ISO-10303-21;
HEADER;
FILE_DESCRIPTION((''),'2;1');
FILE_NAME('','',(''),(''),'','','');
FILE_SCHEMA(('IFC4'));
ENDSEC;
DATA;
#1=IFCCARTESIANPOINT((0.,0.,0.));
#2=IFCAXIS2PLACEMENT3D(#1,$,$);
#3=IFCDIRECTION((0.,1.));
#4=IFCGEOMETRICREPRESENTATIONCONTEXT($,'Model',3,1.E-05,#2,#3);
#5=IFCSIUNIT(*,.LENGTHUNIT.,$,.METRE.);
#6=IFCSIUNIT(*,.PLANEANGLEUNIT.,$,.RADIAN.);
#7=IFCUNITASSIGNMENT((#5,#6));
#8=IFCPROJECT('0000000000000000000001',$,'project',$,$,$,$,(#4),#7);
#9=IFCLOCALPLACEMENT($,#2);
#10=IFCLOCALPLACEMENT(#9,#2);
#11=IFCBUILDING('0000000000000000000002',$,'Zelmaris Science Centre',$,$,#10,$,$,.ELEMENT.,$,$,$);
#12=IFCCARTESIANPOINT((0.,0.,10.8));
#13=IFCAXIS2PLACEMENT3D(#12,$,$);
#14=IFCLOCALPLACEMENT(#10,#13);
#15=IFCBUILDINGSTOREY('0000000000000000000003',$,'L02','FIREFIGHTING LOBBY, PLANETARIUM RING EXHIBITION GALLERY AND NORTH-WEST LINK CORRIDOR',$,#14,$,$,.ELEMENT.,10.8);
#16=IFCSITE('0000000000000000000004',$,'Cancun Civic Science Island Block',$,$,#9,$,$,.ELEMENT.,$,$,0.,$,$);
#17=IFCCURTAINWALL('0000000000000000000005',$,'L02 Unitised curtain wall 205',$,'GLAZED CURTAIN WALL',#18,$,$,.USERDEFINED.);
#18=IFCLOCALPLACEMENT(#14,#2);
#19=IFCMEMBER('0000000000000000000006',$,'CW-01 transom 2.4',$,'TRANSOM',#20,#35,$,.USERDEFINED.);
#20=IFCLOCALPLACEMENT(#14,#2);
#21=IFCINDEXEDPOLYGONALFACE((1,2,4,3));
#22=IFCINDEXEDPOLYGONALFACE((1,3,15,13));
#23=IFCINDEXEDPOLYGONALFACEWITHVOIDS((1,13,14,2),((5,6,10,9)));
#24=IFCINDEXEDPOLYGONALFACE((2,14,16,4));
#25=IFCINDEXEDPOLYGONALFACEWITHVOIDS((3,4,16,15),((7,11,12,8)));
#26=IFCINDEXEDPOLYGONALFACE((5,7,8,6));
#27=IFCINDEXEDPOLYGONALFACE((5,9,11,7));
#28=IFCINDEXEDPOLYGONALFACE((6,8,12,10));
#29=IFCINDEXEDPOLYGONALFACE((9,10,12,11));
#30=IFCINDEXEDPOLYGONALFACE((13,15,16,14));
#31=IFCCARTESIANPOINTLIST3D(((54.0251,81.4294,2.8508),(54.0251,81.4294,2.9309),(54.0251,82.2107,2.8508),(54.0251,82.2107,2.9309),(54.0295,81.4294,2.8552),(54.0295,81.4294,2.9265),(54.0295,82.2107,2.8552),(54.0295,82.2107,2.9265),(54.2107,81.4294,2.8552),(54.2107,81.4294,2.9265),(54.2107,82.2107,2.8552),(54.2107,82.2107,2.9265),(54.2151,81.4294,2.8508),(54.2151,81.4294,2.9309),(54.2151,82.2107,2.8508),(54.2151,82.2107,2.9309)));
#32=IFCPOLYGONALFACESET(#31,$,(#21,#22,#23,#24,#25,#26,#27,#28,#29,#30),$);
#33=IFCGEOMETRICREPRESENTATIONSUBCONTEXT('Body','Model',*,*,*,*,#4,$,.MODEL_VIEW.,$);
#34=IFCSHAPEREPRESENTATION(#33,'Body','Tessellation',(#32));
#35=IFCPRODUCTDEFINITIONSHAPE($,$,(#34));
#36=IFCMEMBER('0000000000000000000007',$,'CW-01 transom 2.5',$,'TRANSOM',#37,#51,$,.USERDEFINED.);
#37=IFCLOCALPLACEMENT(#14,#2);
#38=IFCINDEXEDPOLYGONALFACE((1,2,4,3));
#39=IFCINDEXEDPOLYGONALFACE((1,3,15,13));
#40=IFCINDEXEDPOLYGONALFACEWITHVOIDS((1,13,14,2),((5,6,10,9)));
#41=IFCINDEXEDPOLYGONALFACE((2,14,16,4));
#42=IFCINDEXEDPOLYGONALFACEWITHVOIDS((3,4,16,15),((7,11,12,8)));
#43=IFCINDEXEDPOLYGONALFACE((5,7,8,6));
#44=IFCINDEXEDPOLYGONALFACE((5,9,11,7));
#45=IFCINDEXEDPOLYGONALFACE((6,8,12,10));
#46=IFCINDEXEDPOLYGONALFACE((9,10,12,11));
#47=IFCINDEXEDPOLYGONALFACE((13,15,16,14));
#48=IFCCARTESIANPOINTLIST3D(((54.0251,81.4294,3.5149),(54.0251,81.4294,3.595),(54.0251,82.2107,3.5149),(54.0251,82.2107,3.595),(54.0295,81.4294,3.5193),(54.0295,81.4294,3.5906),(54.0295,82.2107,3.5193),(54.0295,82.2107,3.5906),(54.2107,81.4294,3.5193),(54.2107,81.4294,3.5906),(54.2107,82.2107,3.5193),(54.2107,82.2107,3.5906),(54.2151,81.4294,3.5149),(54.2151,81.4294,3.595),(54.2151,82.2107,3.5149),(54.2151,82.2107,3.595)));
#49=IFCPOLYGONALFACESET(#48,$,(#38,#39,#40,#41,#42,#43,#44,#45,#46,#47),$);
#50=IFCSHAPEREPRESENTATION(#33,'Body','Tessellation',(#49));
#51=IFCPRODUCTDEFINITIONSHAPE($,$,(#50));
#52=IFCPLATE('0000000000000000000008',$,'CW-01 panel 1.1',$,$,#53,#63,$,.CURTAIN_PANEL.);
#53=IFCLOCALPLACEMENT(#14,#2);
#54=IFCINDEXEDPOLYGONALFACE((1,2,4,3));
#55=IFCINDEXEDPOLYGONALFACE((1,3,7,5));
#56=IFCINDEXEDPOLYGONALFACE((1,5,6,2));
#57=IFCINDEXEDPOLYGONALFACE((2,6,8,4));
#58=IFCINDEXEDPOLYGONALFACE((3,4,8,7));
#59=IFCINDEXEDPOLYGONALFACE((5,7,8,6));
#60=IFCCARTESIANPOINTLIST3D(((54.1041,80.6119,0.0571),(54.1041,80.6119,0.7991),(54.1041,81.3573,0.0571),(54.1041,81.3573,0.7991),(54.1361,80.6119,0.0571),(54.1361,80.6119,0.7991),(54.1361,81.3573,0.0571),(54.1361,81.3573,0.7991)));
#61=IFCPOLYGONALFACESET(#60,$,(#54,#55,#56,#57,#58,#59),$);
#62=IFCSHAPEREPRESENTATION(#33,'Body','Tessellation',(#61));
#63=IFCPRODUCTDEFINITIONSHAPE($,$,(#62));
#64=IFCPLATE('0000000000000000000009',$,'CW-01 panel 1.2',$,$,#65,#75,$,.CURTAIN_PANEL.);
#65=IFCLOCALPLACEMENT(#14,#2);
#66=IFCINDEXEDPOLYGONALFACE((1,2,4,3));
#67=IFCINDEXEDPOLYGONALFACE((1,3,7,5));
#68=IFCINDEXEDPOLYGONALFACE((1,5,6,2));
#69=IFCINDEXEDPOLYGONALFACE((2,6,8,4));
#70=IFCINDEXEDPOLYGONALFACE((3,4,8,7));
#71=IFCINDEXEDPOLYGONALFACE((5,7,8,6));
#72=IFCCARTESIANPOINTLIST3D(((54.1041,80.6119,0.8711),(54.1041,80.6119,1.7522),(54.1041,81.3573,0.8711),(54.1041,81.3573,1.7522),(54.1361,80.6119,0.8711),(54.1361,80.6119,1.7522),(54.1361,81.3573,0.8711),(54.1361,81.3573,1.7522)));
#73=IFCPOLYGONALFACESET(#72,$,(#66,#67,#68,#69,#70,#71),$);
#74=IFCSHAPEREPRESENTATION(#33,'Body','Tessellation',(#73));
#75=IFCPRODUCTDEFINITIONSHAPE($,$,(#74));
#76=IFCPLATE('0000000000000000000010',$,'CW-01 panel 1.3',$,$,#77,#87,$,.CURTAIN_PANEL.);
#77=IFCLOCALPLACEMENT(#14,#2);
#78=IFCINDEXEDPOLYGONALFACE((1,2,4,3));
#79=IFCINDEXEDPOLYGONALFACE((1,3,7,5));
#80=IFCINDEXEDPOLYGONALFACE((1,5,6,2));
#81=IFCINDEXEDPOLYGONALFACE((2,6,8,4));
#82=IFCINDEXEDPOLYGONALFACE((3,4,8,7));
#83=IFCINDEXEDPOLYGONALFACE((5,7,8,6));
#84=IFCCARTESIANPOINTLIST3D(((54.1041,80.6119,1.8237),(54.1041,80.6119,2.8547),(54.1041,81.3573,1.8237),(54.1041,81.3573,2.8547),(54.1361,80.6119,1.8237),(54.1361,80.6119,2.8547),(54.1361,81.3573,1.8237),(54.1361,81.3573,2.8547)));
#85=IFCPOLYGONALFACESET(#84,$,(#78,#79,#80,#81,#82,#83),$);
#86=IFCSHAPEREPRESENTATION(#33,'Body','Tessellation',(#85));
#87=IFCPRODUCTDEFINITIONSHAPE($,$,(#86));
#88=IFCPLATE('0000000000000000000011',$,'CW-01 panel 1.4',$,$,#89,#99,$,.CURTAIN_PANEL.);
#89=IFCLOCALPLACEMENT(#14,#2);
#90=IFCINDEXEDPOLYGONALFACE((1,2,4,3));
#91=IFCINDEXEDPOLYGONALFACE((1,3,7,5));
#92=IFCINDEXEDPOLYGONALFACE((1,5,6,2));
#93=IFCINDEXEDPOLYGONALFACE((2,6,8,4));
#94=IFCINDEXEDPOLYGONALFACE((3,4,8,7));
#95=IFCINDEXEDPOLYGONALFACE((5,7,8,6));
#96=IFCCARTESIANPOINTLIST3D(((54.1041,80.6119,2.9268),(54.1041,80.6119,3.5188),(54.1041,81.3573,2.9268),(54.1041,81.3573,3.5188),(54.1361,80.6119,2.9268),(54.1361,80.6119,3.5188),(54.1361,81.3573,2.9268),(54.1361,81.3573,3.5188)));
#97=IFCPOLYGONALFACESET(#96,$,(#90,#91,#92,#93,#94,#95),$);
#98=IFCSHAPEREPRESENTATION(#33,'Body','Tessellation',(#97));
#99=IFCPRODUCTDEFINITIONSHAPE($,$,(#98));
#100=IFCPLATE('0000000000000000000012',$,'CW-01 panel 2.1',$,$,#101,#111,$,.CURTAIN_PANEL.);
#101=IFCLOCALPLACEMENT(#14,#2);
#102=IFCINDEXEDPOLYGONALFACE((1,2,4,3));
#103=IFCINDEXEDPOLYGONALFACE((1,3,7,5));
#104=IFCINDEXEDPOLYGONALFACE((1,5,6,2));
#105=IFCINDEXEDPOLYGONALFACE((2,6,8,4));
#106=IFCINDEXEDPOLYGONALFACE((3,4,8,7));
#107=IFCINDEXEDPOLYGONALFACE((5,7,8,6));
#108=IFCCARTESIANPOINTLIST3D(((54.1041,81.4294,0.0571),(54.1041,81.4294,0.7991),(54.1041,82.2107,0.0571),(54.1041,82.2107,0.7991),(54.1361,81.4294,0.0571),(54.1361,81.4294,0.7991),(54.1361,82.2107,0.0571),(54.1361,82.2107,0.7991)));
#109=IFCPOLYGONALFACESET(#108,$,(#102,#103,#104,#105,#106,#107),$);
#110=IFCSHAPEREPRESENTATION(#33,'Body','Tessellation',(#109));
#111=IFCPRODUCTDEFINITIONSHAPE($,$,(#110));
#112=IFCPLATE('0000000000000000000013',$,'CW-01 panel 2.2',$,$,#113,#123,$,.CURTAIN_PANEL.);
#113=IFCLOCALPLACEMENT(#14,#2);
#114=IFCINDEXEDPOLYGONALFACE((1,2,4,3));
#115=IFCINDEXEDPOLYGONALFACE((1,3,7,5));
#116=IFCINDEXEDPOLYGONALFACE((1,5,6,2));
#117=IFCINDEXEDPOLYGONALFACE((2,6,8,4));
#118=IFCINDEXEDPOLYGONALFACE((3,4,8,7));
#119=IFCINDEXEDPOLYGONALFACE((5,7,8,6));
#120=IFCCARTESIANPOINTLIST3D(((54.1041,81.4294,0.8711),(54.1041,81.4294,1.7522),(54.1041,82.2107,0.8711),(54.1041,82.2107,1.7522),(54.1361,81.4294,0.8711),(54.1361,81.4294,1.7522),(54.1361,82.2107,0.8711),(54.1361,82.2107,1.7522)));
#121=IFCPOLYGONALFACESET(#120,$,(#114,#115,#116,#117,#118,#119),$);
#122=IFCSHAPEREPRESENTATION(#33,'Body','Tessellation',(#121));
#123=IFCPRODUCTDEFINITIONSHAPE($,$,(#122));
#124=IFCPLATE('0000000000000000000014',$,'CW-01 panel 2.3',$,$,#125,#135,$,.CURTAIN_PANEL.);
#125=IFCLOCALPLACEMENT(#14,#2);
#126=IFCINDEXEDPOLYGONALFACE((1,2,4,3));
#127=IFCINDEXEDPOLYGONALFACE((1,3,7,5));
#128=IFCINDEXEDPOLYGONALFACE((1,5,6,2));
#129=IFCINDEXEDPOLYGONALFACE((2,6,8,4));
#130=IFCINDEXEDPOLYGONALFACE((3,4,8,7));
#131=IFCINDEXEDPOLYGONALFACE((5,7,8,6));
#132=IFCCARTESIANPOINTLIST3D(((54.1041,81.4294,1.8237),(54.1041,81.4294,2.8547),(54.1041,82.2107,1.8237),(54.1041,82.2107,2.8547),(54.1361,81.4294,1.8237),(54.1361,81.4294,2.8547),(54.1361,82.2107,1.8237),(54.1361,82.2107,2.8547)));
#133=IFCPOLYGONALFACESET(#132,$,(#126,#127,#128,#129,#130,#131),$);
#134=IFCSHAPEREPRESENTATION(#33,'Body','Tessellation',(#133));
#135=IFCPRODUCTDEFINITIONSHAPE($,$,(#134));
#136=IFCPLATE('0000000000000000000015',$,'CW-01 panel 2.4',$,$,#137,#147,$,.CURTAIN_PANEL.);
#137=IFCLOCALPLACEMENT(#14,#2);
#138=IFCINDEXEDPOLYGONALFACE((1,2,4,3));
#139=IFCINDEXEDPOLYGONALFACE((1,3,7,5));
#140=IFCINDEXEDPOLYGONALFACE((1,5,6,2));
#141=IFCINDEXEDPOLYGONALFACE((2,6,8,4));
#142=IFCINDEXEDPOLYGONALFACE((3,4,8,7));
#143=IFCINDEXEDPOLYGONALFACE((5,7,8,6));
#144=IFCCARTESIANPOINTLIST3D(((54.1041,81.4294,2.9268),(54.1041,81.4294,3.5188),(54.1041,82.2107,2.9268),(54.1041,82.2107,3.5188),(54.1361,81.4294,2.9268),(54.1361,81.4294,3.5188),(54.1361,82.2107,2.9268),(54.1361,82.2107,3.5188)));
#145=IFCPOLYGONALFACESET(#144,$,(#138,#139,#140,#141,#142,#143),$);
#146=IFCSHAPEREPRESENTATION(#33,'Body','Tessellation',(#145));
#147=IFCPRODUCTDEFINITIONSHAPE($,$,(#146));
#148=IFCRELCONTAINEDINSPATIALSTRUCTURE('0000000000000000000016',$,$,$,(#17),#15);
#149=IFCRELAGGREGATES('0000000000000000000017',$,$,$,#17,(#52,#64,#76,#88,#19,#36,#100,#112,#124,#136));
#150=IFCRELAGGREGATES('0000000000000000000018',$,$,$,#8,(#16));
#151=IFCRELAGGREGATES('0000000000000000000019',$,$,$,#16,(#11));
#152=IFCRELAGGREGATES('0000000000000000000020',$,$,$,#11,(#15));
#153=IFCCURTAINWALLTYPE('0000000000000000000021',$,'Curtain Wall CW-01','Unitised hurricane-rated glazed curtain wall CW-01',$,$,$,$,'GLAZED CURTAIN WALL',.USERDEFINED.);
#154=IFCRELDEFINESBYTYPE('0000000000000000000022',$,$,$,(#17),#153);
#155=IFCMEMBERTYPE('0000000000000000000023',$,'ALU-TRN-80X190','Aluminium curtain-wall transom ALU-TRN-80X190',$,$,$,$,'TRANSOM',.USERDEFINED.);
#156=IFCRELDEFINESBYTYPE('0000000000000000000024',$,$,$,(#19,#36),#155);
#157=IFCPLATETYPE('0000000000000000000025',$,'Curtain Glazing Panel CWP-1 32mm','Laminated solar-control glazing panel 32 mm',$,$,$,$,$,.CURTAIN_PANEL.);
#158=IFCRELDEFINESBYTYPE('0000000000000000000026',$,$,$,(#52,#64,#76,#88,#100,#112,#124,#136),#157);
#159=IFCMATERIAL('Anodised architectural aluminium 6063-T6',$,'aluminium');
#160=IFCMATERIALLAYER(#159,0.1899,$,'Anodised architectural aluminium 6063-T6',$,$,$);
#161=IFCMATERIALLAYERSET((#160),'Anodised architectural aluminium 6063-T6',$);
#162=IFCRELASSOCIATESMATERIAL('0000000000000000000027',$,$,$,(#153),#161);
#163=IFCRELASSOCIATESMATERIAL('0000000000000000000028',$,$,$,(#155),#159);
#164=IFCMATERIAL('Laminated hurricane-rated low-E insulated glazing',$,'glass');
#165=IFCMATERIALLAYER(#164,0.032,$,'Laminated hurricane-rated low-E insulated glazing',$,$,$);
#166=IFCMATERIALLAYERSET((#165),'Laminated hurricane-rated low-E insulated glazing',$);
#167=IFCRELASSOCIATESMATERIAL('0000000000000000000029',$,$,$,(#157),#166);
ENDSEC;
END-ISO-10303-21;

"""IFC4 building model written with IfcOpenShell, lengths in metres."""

from ifc_helpers import new_model, si_unit, direction, frame, origin, origin_2d, place, context, subcontext, project, spatial, rectangle, hollow_rectangle, extrude, material, layer, layer_set, material_profile, profile_set, type_object, element, aggregate, save


model = new_model("IFC4")

# Units and contexts
model_context = context("Model", 3, precision=1e-05, world=origin(), true_north=direction((0.0, 1.0)))
body_context = subcontext(model_context, "Body", "Model", "MODEL_VIEW")
ifc_project = project(units=[si_unit("LENGTHUNIT", "METRE"), si_unit("PLANEANGLEUNIT", "RADIAN")], contexts=[model_context])

# Site, building, storey
site_placement = place(None, origin())
site = spatial("IfcSite", under=ifc_project, at=site_placement, Name="Cancun Civic Science Island Block", CompositionType="ELEMENT", RefElevation=0.0)
building_placement = place(site_placement, origin())
building = spatial("IfcBuilding", under=site, at=building_placement, Name="Zelmaris Science Centre", CompositionType="ELEMENT")
storey_placement = place(building_placement, frame((0.0, 0.0, 10.8)))
storey = spatial("IfcBuildingStorey", under=building, at=storey_placement, Name="L02", Description="FIREFIGHTING LOBBY, PLANETARIUM RING EXHIBITION GALLERY AND NORTH-WEST LINK CORRIDOR", CompositionType="ELEMENT", Elevation=10.8)

# Curtain wall, members, plates
ifc_material_1 = material(Name="Anodised architectural aluminium 6063-T6", Category="aluminium")
ifc_layer_1 = layer(ifc_material_1, 0.1899, Name="Anodised architectural aluminium 6063-T6")
ifc_layer_set_1 = layer_set([ifc_layer_1], Name="Anodised architectural aluminium 6063-T6")
curtain_wall_type = type_object("IfcCurtainWallType", Name="Curtain Wall CW-01", Description="Unitised hurricane-rated glazed curtain wall CW-01", ElementType="GLAZED CURTAIN WALL", PredefinedType="USERDEFINED", material=ifc_layer_set_1)
curtain_wall_placement = place(storey_placement, origin())
curtain_wall = element("IfcCurtainWall", 1, at=curtain_wall_placement, inside=storey, type_object=curtain_wall_type, Name="L02 Unitised curtain wall 205", ObjectType="GLAZED CURTAIN WALL", PredefinedType="USERDEFINED")
ifc_material_profile_1 = material_profile(ifc_material_1, hollow_rectangle(XDim=0.0801, YDim=0.1899, WallThickness=0.0044, at=origin_2d()), Name="ALU-TRN-80X190")
ifc_profile_set_1 = profile_set([ifc_material_profile_1], Name="Anodised architectural aluminium 6063-T6")
member_type_1 = type_object("IfcMemberType", Name="ALU-TRN-80X190", Description="Aluminium curtain-wall transom ALU-TRN-80X190", ElementType="TRANSOM", PredefinedType="USERDEFINED", material=ifc_profile_set_1)
member_1_placement = place(storey_placement, frame((54.1201, 81.4294, 2.8909), z_axis=(0.0, 1.0, 0.0), x_axis=(0.0, 0.0, 1.0)))
member_1 = element("IfcMember", 2, at=member_1_placement, type_object=member_type_1, Name="CW-01 transom 2.4", ObjectType="TRANSOM", PredefinedType="USERDEFINED", context=body_context, shape_type="SweptSolid", body=[
    extrude(hollow_rectangle(XDim=0.0801, YDim=0.1899, WallThickness=0.0044, at=origin_2d()), origin(), (0.0, 0.0, 1.0), 0.7812),
])
member_2_placement = place(storey_placement, frame((54.1201, 81.4294, 3.5549), z_axis=(0.0, 1.0, 0.0), x_axis=(0.0, 0.0, 1.0)))
member_2 = element("IfcMember", 3, at=member_2_placement, type_object=member_type_1, Name="CW-01 transom 2.5", ObjectType="TRANSOM", PredefinedType="USERDEFINED", context=body_context, shape_type="SweptSolid", body=[
    extrude(hollow_rectangle(XDim=0.0801, YDim=0.1899, WallThickness=0.0044, at=origin_2d()), origin(), (0.0, 0.0, 1.0), 0.7812),
])
ifc_material_2 = material(Name="Laminated hurricane-rated low-E insulated glazing", Category="glass")
ifc_layer_2 = layer(ifc_material_2, 0.032, Name="Laminated hurricane-rated low-E insulated glazing")
ifc_layer_set_2 = layer_set([ifc_layer_2], Name="Laminated hurricane-rated low-E insulated glazing")
plate_type = type_object("IfcPlateType", Name="Curtain Glazing Panel CWP-1 32mm", Description="Laminated solar-control glazing panel 32 mm", PredefinedType="CURTAIN_PANEL", material=ifc_layer_set_2)
plate_1_placement = place(storey_placement, frame((54.1201, 80.9846, 0.0571), z_axis=(0.0, 0.0, 1.0), x_axis=(0.00002, 1.0, 0.0)))
plate_1 = element("IfcPlate", 4, at=plate_1_placement, type_object=plate_type, Name="CW-01 panel 1.1", PredefinedType="CURTAIN_PANEL", context=body_context, shape_type="SweptSolid", body=[
    extrude(rectangle(XDim=0.7454, YDim=0.032, at=origin_2d()), origin(), (0.0, 0.0, 1.0), 0.7419),
])
plate_2_placement = place(storey_placement, frame((54.1201, 80.9846, 0.8711), z_axis=(0.0, 0.0, 1.0), x_axis=(0.00002, 1.0, 0.0)))
plate_2 = element("IfcPlate", 5, at=plate_2_placement, type_object=plate_type, Name="CW-01 panel 1.2", PredefinedType="CURTAIN_PANEL", context=body_context, shape_type="SweptSolid", body=[
    extrude(rectangle(XDim=0.7454, YDim=0.032, at=origin_2d()), origin(), (0.0, 0.0, 1.0), 0.8811),
])
plate_3_placement = place(storey_placement, frame((54.1201, 80.9846, 1.8237), z_axis=(0.0, 0.0, 1.0), x_axis=(0.00002, 1.0, 0.0)))
plate_3 = element("IfcPlate", 6, at=plate_3_placement, type_object=plate_type, Name="CW-01 panel 1.3", PredefinedType="CURTAIN_PANEL", context=body_context, shape_type="SweptSolid", body=[
    extrude(rectangle(XDim=0.7454, YDim=0.032, at=origin_2d()), origin(), (0.0, 0.0, 1.0), 1.031),
])
plate_4_placement = place(storey_placement, frame((54.1201, 80.9846, 2.9268), z_axis=(0.0, 0.0, 1.0), x_axis=(0.00002, 1.0, 0.0)))
plate_4 = element("IfcPlate", 7, at=plate_4_placement, type_object=plate_type, Name="CW-01 panel 1.4", PredefinedType="CURTAIN_PANEL", context=body_context, shape_type="SweptSolid", body=[
    extrude(rectangle(XDim=0.7454, YDim=0.032, at=origin_2d()), origin(), (0.0, 0.0, 1.0), 0.592),
])
plate_5_placement = place(storey_placement, frame((54.1201, 81.8201, 0.0571), z_axis=(0.0, 0.0, 1.0), x_axis=(0.00002, 1.0, 0.0)))
plate_5 = element("IfcPlate", 8, at=plate_5_placement, type_object=plate_type, Name="CW-01 panel 2.1", PredefinedType="CURTAIN_PANEL", context=body_context, shape_type="SweptSolid", body=[
    extrude(rectangle(XDim=0.7812, YDim=0.032, at=origin_2d()), origin(), (0.0, 0.0, 1.0), 0.7419),
])
plate_6_placement = place(storey_placement, frame((54.1201, 81.8201, 0.8711), z_axis=(0.0, 0.0, 1.0), x_axis=(0.00002, 1.0, 0.0)))
plate_6 = element("IfcPlate", 9, at=plate_6_placement, type_object=plate_type, Name="CW-01 panel 2.2", PredefinedType="CURTAIN_PANEL", context=body_context, shape_type="SweptSolid", body=[
    extrude(rectangle(XDim=0.7812, YDim=0.032, at=origin_2d()), origin(), (0.0, 0.0, 1.0), 0.8811),
])
plate_7_placement = place(storey_placement, frame((54.1201, 81.8201, 1.8237), z_axis=(0.0, 0.0, 1.0), x_axis=(0.00002, 1.0, 0.0)))
plate_7 = element("IfcPlate", 10, at=plate_7_placement, type_object=plate_type, Name="CW-01 panel 2.3", PredefinedType="CURTAIN_PANEL", context=body_context, shape_type="SweptSolid", body=[
    extrude(rectangle(XDim=0.7812, YDim=0.032, at=origin_2d()), origin(), (0.0, 0.0, 1.0), 1.031),
])
plate_8_placement = place(storey_placement, frame((54.1201, 81.8201, 2.9268), z_axis=(0.0, 0.0, 1.0), x_axis=(0.00002, 1.0, 0.0)))
plate_8 = element("IfcPlate", 11, at=plate_8_placement, type_object=plate_type, Name="CW-01 panel 2.4", PredefinedType="CURTAIN_PANEL", context=body_context, shape_type="SweptSolid", body=[
    extrude(rectangle(XDim=0.7812, YDim=0.032, at=origin_2d()), origin(), (0.0, 0.0, 1.0), 0.592),
])
aggregate(curtain_wall, [plate_1, plate_2, plate_3, plate_4, member_1, member_2, plate_5, plate_6, plate_7, plate_8])

save(model, "model.ifc")
